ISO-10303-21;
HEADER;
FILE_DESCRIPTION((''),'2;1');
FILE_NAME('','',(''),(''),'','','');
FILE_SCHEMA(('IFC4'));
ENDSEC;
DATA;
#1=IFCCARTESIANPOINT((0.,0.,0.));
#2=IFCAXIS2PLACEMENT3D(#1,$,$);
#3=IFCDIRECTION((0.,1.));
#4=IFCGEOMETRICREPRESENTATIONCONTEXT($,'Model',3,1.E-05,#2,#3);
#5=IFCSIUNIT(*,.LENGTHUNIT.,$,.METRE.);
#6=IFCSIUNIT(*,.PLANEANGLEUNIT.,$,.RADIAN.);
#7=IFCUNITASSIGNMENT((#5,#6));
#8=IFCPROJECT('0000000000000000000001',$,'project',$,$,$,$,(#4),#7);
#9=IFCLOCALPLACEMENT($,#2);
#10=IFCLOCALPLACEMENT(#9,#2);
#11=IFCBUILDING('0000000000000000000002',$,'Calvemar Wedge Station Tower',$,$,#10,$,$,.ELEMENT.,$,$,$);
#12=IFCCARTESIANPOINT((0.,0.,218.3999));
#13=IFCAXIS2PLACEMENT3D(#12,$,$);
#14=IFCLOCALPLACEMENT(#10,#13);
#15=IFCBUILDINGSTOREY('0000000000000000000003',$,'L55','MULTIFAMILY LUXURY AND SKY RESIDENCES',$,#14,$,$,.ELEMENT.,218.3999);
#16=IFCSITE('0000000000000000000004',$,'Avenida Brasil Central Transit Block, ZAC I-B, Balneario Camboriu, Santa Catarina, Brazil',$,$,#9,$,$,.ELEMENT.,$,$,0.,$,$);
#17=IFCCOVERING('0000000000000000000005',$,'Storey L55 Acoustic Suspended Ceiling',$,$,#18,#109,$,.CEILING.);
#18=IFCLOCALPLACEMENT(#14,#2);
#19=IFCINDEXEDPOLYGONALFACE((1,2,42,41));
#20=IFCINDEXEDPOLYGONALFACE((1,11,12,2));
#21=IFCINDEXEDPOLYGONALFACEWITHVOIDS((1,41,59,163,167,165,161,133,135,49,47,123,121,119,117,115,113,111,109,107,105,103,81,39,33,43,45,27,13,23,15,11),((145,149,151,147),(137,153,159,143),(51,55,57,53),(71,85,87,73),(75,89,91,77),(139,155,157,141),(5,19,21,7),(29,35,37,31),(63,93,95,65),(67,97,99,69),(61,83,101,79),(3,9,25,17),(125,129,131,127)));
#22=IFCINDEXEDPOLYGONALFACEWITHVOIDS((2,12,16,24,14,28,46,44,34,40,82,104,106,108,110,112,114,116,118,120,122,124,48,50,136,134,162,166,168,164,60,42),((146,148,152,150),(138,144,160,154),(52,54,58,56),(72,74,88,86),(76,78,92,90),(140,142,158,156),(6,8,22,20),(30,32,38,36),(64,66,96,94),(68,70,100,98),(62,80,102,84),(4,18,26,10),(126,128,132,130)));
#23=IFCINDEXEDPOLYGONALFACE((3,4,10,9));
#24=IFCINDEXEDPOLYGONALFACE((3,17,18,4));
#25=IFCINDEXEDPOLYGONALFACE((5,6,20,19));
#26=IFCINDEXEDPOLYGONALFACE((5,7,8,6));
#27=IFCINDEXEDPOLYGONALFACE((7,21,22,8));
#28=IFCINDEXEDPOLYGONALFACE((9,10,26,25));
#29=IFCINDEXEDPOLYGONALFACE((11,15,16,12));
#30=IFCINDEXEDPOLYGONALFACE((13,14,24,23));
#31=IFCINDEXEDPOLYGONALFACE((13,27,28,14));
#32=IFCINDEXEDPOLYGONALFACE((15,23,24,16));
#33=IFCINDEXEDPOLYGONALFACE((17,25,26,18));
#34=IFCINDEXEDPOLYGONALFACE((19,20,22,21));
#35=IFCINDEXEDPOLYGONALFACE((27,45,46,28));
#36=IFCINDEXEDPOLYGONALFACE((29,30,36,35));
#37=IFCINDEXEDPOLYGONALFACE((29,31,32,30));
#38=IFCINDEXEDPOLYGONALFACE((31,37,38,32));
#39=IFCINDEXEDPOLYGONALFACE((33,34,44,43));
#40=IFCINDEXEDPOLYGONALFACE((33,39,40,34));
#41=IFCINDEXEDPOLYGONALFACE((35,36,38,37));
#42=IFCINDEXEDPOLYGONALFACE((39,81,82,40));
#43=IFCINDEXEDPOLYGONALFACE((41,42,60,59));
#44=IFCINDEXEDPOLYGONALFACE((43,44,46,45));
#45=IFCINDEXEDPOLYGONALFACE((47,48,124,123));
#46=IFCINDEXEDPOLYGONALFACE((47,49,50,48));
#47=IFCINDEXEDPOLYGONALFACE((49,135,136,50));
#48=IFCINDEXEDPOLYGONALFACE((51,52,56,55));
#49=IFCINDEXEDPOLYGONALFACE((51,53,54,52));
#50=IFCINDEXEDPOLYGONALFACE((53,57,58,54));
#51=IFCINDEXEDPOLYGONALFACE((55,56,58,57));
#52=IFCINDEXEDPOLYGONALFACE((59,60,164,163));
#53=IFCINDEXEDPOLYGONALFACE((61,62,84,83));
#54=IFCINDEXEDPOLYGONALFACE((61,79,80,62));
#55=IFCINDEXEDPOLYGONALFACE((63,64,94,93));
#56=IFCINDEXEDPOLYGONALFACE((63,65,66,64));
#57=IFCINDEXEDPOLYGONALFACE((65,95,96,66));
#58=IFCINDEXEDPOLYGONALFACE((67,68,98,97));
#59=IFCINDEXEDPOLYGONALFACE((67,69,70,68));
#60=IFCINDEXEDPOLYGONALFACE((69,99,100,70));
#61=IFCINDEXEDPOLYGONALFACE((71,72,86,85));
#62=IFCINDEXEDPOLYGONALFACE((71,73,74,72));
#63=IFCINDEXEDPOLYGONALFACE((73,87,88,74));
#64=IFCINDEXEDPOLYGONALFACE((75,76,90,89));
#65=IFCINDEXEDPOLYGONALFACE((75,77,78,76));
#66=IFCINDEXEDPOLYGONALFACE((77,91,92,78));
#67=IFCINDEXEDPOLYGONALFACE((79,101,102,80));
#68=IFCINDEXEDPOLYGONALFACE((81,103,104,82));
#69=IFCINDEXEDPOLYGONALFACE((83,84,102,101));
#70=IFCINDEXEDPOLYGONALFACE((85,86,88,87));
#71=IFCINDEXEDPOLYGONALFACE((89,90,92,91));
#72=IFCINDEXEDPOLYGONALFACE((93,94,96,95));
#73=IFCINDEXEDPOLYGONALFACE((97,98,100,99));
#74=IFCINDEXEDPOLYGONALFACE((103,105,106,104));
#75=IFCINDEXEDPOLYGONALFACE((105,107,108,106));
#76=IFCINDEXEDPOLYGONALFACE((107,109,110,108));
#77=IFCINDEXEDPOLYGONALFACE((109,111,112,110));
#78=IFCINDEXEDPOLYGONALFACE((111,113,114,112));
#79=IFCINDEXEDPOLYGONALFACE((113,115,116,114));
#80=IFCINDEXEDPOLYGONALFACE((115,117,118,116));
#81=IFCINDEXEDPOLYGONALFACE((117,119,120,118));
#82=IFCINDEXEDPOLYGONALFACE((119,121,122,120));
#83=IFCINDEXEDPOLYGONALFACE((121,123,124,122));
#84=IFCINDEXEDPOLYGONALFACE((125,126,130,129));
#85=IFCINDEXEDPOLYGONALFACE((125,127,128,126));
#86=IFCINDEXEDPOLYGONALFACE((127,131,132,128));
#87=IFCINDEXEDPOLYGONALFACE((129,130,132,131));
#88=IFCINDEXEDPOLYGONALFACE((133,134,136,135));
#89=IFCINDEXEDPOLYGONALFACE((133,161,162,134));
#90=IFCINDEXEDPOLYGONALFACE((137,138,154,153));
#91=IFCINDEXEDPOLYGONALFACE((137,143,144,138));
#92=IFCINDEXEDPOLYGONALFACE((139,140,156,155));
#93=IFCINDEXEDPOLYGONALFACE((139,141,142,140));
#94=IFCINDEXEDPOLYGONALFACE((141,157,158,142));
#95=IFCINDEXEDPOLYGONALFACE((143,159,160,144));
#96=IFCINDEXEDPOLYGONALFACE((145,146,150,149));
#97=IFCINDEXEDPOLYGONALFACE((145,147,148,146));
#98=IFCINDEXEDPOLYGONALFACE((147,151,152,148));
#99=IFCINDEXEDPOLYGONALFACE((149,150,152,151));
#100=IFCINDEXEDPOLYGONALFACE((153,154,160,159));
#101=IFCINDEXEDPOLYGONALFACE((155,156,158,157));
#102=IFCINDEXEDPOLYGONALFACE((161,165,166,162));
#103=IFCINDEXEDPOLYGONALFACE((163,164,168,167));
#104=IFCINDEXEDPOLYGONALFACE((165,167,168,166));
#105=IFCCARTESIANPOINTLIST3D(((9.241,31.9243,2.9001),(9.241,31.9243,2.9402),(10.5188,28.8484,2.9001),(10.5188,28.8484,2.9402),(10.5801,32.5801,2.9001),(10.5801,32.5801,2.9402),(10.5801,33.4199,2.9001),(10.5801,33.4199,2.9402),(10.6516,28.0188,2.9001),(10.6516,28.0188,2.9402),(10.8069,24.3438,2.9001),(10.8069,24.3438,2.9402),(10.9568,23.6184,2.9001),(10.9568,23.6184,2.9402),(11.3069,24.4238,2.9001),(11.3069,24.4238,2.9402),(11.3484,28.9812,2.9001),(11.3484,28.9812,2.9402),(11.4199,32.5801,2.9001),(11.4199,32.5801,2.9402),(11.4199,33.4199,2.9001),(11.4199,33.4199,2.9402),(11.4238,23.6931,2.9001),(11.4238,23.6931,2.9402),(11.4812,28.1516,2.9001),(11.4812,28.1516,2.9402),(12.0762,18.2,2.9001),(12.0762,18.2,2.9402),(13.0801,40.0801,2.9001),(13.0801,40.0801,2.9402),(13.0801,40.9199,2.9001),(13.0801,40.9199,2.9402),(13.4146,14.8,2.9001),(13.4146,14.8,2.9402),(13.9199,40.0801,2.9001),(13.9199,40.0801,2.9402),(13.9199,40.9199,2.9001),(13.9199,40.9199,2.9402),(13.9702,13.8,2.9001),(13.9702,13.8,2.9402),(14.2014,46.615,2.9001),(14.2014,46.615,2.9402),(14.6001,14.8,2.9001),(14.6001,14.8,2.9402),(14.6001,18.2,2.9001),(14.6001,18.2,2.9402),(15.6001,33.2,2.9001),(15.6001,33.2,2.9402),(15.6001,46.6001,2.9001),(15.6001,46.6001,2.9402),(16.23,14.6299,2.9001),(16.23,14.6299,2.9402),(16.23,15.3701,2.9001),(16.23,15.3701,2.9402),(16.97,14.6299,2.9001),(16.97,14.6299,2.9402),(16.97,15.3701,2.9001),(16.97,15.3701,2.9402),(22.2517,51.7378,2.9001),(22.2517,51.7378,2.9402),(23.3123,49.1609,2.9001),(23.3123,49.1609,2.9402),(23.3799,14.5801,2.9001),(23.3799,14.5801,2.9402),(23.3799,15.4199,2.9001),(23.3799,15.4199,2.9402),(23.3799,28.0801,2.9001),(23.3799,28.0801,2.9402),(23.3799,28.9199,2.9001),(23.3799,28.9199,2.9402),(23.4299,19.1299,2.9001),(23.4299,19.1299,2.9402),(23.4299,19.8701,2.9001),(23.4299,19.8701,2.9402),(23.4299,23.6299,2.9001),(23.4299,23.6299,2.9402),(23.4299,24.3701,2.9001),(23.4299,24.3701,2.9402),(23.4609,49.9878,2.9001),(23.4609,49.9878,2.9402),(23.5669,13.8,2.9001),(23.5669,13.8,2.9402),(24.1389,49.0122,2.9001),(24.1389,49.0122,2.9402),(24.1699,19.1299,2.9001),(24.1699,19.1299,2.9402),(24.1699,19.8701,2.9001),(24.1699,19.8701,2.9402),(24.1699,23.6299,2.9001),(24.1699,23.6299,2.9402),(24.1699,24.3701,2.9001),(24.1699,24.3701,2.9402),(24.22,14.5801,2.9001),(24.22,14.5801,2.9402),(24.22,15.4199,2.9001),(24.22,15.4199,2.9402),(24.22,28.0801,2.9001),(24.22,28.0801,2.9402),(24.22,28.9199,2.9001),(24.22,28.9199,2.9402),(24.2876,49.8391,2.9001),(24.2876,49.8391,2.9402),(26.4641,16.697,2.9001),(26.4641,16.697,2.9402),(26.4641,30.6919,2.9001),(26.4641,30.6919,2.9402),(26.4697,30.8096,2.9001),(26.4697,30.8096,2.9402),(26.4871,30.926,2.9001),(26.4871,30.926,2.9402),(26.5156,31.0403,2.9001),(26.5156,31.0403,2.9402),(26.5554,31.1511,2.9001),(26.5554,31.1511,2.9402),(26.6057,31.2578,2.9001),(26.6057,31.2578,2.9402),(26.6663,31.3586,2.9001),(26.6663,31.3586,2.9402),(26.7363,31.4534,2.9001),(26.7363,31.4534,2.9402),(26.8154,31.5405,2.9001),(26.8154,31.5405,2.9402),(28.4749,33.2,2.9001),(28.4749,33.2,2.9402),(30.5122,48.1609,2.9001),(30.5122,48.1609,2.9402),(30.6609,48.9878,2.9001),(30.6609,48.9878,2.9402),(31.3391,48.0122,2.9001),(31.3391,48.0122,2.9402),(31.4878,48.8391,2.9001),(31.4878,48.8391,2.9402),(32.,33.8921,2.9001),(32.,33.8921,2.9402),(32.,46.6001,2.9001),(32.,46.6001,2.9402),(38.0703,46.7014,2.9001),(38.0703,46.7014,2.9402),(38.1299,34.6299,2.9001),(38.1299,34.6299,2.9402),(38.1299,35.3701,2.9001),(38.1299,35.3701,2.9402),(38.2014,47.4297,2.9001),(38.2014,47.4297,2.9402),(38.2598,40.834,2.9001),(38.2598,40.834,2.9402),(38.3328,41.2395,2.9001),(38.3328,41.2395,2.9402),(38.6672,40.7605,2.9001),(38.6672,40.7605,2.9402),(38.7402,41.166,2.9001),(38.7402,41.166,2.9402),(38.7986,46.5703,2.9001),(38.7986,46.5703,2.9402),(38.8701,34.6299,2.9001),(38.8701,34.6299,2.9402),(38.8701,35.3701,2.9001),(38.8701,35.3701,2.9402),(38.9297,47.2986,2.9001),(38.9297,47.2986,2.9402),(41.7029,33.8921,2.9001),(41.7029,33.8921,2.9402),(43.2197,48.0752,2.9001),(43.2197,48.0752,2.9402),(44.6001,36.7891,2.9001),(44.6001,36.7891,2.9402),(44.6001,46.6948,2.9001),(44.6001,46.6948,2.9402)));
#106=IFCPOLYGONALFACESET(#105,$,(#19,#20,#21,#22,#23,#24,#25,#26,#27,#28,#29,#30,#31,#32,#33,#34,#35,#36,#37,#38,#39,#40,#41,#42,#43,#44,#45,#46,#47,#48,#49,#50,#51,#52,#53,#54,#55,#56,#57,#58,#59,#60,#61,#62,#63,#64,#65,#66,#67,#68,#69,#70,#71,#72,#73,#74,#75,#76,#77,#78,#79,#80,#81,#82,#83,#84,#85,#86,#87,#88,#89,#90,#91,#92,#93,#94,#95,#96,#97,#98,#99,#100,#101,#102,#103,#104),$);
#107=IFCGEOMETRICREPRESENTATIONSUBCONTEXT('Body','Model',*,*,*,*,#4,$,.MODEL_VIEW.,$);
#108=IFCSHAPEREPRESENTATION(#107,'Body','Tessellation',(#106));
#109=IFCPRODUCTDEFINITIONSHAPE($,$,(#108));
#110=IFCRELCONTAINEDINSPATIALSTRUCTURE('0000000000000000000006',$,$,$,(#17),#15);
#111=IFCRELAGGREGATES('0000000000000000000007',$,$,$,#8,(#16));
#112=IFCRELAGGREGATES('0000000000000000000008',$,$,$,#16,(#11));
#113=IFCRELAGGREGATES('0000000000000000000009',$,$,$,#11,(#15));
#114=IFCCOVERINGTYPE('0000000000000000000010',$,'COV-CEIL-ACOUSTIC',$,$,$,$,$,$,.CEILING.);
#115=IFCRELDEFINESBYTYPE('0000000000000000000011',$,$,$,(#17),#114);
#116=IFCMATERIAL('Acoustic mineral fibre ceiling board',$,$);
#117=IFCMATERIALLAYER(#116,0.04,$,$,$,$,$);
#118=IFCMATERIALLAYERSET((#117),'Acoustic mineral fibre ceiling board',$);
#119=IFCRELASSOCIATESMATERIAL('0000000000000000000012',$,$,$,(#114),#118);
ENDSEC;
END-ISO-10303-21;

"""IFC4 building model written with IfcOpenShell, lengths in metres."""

from ifc_helpers import new_model, si_unit, direction, frame, origin, place, context, subcontext, project, spatial, polyline, outline, extrude, material, layer, layer_set, type_object, element, save


model = new_model("IFC4")

# Units and contexts
model_context = context("Model", 3, precision=1e-05, world=origin(), true_north=direction((0.0, 1.0)))
body_context = subcontext(model_context, "Body", "Model", "MODEL_VIEW")
ifc_project = project(units=[si_unit("LENGTHUNIT", "METRE"), si_unit("PLANEANGLEUNIT", "RADIAN")], contexts=[model_context])

# Site, building, storey
site_placement = place(None, origin())
site = spatial("IfcSite", under=ifc_project, at=site_placement, Name="Avenida Brasil Central Transit Block, ZAC I-B, Balneario Camboriu, Santa Catarina, Brazil", CompositionType="ELEMENT", RefElevation=0.0)
building_placement = place(site_placement, origin())
building = spatial("IfcBuilding", under=site, at=building_placement, Name="Calvemar Wedge Station Tower", CompositionType="ELEMENT")
storey_placement = place(building_placement, frame((0.0, 0.0, 218.3999)))
storey = spatial("IfcBuildingStorey", under=building, at=storey_placement, Name="L55", Description="MULTIFAMILY LUXURY AND SKY RESIDENCES", CompositionType="ELEMENT", Elevation=218.3999)

# Covering
ifc_material_1 = material(Name="Acoustic mineral fibre ceiling board")
ifc_layer_1 = layer(ifc_material_1, 0.04)
ifc_layer_set_1 = layer_set([ifc_layer_1], Name="Acoustic mineral fibre ceiling board")
covering_type_1 = type_object("IfcCoveringType", Name="COV-CEIL-ACOUSTIC", PredefinedType="CEILING", material=ifc_layer_set_1)
covering_1_placement = place(storey_placement, frame((0.0, 0.0, 2.9001)))
element("IfcCovering", 1, at=covering_1_placement, inside=storey, type_object=covering_type_1, Name="Storey L55 Acoustic Suspended Ceiling", PredefinedType="CEILING", context=body_context, shape_type="SweptSolid", body=[
    extrude(outline(polyline([(26.6663, 31.3586), (26.7363, 31.4534), (26.8154, 31.5405), (28.4749, 33.2), (15.6001, 33.2), (15.6001, 46.6001), (32.0, 46.6001), (32.0, 33.8921), (41.7029, 33.8921), (44.6001, 36.7891), (44.6001, 46.6948), (43.2197, 48.0752), (22.2517, 51.7378), (14.2014, 46.615), (9.241, 31.9243), (10.8069, 24.3438), (11.3069, 24.4238), (11.4238, 23.6931), (10.9568, 23.6184), (12.0762, 18.2), (14.6001, 18.2), (14.6001, 14.8), (13.4146, 14.8), (13.9702, 13.8), (23.5669, 13.8), (26.4641, 16.697), (26.4641, 30.6919), (26.4697, 30.8096), (26.4871, 30.926), (26.5156, 31.0403), (26.5554, 31.1511), (26.6057, 31.2578), (26.6663, 31.3586)]), holes=[polyline([(11.4199, 33.4199), (11.4199, 32.5801), (10.5801, 32.5801), (10.5801, 33.4199), (11.4199, 33.4199)]), polyline([(13.9199, 40.0801), (13.0801, 40.0801), (13.0801, 40.9199), (13.9199, 40.9199), (13.9199, 40.0801)]), polyline([(23.3123, 49.1609), (23.4609, 49.9878), (24.2876, 49.8391), (24.1389, 49.0122), (23.3123, 49.1609)]), polyline([(30.6609, 48.9878), (31.4878, 48.8391), (31.3391, 48.0122), (30.5122, 48.1609), (30.6609, 48.9878)]), polyline([(38.9297, 47.2986), (38.7986, 46.5703), (38.0703, 46.7014), (38.2014, 47.4297), (38.9297, 47.2986)]), polyline([(38.8701, 34.6299), (38.1299, 34.6299), (38.1299, 35.3701), (38.8701, 35.3701), (38.8701, 34.6299)]), polyline([(38.2598, 40.834), (38.3328, 41.2395), (38.7402, 41.166), (38.6672, 40.7605), (38.2598, 40.834)]), polyline([(11.3484, 28.9812), (11.4812, 28.1516), (10.6516, 28.0188), (10.5188, 28.8484), (11.3484, 28.9812)]), polyline([(24.22, 28.0801), (23.3799, 28.0801), (23.3799, 28.9199), (24.22, 28.9199), (24.22, 28.0801)]), polyline([(23.4299, 23.6299), (23.4299, 24.3701), (24.1699, 24.3701), (24.1699, 23.6299), (23.4299, 23.6299)]), polyline([(23.4299, 19.8701), (24.1699, 19.8701), (24.1699, 19.1299), (23.4299, 19.1299), (23.4299, 19.8701)]), polyline([(24.22, 15.4199), (24.22, 14.5801), (23.3799, 14.5801), (23.3799, 15.4199), (24.22, 15.4199)]), polyline([(16.97, 14.6299), (16.23, 14.6299), (16.23, 15.3701), (16.97, 15.3701), (16.97, 14.6299)])]), origin(), (0.0, 0.0, 1.0), 0.04),
])

save(model, "model.ifc")
